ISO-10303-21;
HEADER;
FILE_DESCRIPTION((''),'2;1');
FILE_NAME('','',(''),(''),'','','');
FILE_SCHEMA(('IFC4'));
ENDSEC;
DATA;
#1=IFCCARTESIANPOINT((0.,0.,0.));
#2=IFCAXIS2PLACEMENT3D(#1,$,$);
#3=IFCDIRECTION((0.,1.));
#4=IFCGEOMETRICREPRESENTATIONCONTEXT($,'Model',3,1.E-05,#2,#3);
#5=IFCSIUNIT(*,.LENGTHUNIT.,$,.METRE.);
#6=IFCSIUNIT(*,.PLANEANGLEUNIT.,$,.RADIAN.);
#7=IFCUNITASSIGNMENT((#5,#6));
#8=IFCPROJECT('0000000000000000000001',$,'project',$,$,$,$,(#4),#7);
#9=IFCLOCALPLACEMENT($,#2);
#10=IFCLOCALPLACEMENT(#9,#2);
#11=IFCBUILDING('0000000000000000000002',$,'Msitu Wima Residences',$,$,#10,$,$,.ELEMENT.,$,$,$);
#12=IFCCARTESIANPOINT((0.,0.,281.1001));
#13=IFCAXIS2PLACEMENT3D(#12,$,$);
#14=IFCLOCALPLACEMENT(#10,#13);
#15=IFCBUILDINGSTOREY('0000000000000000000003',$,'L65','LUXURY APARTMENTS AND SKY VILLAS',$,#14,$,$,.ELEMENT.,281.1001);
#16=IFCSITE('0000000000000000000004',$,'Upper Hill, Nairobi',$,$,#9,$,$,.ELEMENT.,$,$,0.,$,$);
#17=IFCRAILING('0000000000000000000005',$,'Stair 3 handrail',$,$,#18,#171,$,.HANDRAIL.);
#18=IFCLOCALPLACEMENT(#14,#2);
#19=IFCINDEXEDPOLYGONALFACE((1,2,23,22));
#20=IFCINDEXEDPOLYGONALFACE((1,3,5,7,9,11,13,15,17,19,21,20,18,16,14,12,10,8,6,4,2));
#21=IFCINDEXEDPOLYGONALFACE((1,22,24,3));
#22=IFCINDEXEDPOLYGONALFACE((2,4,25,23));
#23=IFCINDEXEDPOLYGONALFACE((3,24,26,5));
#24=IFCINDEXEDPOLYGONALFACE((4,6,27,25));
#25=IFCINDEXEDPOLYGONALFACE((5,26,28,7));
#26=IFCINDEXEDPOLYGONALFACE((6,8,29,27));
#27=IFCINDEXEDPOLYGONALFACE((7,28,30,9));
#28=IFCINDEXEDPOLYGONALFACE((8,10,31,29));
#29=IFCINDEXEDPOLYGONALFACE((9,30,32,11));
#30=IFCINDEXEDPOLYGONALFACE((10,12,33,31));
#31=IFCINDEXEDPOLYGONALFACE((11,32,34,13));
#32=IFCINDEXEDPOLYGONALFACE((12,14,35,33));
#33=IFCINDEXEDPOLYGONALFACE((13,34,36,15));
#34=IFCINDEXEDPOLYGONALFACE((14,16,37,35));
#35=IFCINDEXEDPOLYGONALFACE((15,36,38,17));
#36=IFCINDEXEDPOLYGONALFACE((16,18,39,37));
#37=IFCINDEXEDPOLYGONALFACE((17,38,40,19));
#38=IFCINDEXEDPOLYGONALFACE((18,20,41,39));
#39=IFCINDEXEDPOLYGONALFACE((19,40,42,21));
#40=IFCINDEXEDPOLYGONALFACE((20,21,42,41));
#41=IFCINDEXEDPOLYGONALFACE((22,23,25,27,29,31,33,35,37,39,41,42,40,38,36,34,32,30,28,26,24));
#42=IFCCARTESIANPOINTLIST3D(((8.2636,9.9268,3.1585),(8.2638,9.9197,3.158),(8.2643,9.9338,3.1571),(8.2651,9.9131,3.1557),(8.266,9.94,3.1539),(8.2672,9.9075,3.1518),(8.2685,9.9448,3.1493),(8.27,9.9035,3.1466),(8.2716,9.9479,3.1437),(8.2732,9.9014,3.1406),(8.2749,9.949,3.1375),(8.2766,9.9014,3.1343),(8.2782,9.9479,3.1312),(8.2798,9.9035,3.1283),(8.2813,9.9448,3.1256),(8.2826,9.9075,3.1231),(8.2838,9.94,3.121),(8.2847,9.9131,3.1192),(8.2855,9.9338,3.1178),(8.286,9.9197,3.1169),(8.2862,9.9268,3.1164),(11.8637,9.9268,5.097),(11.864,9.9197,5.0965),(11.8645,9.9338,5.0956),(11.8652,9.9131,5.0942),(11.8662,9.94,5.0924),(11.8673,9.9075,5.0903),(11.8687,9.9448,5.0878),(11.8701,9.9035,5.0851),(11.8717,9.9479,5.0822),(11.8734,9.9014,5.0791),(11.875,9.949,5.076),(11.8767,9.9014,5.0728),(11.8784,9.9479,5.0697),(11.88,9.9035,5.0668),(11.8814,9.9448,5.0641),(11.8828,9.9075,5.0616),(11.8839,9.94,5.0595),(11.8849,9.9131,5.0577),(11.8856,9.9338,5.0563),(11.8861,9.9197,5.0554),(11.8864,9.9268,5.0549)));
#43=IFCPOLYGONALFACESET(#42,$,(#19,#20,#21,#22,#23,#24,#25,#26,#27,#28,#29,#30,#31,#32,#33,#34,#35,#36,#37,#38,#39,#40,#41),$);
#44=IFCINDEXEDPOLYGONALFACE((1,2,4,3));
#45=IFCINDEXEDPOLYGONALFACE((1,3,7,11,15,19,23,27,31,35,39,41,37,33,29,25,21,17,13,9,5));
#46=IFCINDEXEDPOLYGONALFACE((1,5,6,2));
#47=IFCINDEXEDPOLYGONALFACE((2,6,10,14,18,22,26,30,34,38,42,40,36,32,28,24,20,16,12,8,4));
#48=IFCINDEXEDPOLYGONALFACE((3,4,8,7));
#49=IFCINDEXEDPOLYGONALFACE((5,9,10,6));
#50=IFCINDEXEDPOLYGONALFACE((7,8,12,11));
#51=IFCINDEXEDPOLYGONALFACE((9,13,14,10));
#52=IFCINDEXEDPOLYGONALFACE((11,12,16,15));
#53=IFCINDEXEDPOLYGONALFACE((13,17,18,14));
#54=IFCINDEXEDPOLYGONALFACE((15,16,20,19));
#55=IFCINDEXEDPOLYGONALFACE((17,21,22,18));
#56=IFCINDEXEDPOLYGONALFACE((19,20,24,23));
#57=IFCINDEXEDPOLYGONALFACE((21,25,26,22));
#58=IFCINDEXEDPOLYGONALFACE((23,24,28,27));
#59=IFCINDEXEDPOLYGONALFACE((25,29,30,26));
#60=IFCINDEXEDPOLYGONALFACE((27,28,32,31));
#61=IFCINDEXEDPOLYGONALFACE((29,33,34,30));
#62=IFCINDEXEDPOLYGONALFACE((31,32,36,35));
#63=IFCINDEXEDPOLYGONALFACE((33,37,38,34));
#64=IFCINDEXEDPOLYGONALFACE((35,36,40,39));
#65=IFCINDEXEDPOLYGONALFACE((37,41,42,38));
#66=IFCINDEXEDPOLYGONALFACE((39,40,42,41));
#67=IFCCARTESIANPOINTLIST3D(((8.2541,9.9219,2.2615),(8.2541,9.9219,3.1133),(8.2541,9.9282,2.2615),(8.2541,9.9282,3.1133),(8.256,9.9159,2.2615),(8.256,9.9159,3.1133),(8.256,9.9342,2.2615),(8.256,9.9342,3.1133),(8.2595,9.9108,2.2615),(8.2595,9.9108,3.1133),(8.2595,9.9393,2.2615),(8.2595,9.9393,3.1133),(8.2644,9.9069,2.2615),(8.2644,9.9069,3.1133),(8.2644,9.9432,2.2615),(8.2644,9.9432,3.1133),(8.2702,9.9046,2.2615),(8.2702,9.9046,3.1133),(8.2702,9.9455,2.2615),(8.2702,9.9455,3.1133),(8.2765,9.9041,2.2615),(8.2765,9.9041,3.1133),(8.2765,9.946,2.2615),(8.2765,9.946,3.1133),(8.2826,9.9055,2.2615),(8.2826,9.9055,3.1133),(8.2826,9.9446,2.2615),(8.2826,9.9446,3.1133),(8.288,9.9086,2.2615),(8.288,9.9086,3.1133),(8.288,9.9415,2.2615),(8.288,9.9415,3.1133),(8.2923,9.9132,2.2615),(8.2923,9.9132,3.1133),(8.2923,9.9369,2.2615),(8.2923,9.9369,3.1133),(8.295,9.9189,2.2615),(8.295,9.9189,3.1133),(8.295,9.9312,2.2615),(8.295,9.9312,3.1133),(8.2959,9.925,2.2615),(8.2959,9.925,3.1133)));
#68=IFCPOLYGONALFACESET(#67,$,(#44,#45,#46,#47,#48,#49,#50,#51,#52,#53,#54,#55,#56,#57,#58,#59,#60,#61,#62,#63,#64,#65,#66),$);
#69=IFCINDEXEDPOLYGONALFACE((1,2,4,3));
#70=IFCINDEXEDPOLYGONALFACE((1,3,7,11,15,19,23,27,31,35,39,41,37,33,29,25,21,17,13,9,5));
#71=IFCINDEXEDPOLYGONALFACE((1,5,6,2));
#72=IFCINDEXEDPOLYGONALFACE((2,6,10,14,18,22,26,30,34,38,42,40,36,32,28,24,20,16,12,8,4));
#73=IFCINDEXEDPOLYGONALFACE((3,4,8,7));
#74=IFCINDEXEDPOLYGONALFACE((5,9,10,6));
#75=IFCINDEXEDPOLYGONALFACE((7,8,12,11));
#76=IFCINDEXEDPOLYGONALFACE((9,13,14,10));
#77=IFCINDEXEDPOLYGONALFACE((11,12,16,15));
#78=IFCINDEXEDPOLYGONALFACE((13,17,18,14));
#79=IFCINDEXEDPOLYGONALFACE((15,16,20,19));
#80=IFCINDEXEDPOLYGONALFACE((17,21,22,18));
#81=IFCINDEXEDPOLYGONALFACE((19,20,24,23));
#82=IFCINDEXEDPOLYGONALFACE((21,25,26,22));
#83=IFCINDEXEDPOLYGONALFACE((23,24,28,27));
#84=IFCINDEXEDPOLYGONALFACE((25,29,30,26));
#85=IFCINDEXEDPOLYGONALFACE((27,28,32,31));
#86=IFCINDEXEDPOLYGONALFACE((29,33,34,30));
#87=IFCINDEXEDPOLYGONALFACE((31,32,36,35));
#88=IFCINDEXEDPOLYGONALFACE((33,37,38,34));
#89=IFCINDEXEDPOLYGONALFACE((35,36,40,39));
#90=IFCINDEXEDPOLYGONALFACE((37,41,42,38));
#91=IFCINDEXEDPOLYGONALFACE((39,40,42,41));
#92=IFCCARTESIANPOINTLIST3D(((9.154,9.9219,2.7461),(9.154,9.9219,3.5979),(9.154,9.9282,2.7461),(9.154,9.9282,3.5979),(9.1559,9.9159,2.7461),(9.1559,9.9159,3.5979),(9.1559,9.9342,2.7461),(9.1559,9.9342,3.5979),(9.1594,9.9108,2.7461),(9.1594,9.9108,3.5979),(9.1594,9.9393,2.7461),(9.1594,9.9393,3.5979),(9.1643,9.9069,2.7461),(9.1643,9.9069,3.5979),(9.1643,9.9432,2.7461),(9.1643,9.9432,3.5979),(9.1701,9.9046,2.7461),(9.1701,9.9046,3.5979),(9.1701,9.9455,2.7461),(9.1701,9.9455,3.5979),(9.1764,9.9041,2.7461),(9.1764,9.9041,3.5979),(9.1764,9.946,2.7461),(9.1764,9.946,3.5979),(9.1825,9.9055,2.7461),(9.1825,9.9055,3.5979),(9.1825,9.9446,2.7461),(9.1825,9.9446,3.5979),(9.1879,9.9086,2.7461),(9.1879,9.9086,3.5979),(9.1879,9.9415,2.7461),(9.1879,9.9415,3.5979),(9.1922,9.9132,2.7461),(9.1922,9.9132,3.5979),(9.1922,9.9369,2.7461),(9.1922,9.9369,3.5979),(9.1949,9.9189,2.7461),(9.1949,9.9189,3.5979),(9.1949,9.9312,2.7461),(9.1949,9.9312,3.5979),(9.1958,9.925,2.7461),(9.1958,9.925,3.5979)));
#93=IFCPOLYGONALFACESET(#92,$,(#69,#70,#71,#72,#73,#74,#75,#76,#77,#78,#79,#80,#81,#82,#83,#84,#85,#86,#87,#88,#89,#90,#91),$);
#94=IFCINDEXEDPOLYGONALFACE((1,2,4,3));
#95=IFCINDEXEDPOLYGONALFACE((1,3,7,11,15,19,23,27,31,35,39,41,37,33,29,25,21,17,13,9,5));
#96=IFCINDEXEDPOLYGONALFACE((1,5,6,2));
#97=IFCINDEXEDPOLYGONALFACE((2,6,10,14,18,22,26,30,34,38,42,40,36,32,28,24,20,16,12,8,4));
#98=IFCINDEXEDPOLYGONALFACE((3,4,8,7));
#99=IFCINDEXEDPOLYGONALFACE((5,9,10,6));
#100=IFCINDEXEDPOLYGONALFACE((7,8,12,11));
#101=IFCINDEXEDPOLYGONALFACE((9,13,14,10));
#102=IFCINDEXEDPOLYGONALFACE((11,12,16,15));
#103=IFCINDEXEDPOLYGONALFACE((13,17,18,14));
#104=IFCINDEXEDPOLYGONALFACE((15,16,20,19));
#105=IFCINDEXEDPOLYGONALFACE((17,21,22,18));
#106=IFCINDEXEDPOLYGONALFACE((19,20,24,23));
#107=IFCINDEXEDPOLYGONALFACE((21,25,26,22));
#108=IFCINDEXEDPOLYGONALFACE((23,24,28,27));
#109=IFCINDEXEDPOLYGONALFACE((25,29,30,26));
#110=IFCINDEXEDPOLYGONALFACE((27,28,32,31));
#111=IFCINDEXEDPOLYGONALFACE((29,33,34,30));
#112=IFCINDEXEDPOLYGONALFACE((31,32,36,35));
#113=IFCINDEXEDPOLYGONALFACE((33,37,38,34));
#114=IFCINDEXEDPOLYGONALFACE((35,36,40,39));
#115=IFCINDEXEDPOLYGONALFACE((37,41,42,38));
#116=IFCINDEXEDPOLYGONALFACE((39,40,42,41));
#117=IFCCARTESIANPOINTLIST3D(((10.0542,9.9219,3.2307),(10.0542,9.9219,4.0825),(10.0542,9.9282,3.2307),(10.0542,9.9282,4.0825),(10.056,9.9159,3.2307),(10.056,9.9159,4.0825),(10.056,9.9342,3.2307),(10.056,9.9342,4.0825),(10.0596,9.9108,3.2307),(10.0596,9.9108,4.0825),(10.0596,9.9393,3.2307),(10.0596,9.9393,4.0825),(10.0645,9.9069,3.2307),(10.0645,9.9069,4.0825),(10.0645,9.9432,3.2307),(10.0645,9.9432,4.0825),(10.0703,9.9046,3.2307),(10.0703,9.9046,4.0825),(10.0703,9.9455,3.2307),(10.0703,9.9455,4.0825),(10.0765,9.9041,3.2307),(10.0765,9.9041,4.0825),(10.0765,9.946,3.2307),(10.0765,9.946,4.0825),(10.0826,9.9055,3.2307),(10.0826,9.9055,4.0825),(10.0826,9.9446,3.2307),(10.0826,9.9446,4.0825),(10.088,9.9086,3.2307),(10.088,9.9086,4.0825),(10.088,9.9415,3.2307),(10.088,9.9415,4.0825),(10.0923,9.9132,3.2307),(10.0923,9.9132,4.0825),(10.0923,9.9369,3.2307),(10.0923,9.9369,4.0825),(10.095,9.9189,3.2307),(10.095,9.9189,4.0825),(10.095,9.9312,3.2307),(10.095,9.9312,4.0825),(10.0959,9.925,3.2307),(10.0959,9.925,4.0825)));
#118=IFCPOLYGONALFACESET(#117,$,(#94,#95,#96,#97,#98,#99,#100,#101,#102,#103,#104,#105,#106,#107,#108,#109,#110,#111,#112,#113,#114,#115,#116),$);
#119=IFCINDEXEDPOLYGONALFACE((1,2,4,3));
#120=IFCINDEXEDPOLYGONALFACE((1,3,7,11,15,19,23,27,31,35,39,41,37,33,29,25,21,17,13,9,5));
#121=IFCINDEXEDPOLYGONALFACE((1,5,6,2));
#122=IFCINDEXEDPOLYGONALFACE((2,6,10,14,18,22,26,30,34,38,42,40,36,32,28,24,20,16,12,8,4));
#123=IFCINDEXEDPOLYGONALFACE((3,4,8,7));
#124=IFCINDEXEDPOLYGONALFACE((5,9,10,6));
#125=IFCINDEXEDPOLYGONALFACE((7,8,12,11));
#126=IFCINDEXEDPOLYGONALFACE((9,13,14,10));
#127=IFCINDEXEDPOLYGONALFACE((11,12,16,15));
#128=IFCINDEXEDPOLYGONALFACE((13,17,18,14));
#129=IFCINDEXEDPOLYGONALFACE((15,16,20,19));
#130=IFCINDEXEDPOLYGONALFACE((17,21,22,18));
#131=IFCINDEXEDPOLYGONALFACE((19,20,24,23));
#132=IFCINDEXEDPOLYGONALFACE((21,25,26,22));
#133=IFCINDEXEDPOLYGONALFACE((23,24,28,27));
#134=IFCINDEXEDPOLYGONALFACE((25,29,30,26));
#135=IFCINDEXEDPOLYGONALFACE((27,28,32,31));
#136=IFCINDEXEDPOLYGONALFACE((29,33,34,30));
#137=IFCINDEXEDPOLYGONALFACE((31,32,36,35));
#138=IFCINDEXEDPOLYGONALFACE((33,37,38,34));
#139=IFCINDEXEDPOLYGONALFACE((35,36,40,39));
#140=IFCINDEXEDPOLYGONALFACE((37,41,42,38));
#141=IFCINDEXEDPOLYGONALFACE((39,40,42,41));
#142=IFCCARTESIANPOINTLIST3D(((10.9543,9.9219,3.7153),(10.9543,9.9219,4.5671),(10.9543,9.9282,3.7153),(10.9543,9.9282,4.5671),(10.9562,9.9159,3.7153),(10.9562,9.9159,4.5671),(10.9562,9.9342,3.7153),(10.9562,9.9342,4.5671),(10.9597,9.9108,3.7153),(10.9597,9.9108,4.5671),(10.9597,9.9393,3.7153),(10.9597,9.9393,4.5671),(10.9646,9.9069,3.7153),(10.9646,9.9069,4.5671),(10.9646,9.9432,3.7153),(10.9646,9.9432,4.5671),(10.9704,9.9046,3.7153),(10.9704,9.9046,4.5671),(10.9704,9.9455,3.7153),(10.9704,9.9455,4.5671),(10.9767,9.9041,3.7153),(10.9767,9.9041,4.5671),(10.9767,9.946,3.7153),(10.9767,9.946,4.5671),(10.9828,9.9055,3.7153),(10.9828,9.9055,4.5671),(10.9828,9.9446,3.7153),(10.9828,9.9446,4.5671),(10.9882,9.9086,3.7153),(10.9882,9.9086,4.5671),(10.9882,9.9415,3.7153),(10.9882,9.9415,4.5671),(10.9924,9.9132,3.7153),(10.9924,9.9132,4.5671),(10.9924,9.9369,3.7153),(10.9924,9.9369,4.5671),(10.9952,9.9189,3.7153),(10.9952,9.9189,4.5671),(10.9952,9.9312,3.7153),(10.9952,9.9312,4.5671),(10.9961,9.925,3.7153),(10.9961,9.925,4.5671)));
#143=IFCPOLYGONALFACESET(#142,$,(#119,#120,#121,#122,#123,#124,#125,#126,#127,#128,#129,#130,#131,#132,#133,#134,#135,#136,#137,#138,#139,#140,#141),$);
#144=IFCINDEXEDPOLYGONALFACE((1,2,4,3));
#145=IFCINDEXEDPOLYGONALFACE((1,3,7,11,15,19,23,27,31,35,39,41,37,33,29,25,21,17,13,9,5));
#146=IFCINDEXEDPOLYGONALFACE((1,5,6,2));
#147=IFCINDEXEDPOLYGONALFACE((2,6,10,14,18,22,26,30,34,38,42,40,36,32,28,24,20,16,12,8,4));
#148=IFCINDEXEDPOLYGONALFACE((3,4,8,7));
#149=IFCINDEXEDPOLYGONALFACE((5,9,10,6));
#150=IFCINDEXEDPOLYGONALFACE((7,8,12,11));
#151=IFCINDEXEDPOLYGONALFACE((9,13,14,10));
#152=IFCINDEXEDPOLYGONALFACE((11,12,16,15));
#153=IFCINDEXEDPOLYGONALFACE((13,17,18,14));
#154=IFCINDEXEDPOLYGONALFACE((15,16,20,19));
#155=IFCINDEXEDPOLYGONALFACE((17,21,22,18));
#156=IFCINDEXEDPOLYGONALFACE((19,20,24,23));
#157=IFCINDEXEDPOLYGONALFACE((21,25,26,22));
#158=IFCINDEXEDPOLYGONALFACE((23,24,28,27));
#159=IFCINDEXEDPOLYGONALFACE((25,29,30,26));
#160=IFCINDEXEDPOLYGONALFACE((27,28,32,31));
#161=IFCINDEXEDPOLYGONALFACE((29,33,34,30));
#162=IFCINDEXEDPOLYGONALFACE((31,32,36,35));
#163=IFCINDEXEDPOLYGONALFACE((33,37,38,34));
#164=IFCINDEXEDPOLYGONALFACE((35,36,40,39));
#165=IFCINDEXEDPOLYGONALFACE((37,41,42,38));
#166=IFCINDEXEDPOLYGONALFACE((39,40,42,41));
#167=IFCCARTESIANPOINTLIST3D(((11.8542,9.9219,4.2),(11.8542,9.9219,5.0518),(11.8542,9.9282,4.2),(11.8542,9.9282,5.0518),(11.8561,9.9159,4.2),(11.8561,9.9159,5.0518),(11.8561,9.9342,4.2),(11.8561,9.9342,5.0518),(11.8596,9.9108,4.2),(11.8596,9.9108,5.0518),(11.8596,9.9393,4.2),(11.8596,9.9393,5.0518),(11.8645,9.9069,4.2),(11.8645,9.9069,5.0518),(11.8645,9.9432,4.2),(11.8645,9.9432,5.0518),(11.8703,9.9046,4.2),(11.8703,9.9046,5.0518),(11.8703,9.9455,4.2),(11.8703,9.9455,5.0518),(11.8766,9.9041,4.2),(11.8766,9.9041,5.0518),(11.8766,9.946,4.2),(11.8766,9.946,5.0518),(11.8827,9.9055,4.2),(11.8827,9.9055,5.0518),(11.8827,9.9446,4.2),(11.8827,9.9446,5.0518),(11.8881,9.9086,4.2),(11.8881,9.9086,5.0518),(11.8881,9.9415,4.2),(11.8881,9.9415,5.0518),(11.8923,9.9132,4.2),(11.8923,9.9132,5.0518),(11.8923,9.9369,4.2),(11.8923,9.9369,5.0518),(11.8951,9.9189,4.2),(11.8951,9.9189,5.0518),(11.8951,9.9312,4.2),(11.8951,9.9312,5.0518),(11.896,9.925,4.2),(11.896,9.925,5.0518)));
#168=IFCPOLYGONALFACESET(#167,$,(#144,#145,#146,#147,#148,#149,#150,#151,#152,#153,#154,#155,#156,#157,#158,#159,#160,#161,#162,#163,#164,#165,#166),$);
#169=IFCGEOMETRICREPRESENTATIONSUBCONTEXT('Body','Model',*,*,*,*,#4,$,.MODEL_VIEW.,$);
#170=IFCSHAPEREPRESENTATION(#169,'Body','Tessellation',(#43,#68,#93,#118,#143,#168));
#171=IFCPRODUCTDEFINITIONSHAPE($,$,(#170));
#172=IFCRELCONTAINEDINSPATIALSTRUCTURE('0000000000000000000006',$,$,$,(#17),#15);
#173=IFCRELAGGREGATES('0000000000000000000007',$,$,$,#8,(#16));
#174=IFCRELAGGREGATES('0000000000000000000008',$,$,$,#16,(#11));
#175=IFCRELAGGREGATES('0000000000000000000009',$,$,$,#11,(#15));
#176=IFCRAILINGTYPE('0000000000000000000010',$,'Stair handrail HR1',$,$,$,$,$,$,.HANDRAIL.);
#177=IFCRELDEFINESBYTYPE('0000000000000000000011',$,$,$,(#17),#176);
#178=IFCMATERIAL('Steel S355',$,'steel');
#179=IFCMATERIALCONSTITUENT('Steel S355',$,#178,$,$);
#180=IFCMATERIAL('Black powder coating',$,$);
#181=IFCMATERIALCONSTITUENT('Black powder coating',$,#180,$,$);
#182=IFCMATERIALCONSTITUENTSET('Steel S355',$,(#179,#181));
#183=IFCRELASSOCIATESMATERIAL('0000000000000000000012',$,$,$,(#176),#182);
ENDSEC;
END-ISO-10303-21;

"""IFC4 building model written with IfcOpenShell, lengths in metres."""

from ifc_helpers import new_model, si_unit, direction, frame, origin, origin_2d, place, context, subcontext, project, spatial, circle, extrude, material, constituent, constituent_set, type_object, element, save


model = new_model("IFC4")

# Units and contexts
model_context = context("Model", 3, precision=1e-05, world=origin(), true_north=direction((0.0, 1.0)))
body_context = subcontext(model_context, "Body", "Model", "MODEL_VIEW")
ifc_project = project(units=[si_unit("LENGTHUNIT", "METRE"), si_unit("PLANEANGLEUNIT", "RADIAN")], contexts=[model_context])

# Site, building, storey
site_placement = place(None, origin())
site = spatial("IfcSite", under=ifc_project, at=site_placement, Name="Upper Hill, Nairobi", CompositionType="ELEMENT", RefElevation=0.0)
building_placement = place(site_placement, origin())
building = spatial("IfcBuilding", under=site, at=building_placement, Name="Msitu Wima Residences", CompositionType="ELEMENT")
storey_placement = place(building_placement, frame((0.0, 0.0, 281.1001)))
storey = spatial("IfcBuildingStorey", under=building, at=storey_placement, Name="L65", Description="LUXURY APARTMENTS AND SKY VILLAS", CompositionType="ELEMENT", Elevation=281.1001)

# Railing
ifc_material_1 = material(Name="Steel S355", Category="steel")
ifc_constituent_1 = constituent(ifc_material_1, Name="Steel S355")
ifc_material_2 = material(Name="Black powder coating")
ifc_constituent_2 = constituent(ifc_material_2, Name="Black powder coating")
ifc_constituent_set = constituent_set(constituents=[ifc_constituent_1, ifc_constituent_2], Name="Steel S355")
railing_type = type_object("IfcRailingType", Name="Stair handrail HR1", PredefinedType="HANDRAIL", material=ifc_constituent_set)
for number, where, name in (
    (1, (8.2749, 9.925, 2.2615), "Stair 3 handrail"),
):
    element("IfcRailing", number, at=place(storey_placement, frame(where)), inside=storey, type_object=railing_type, Name=name, PredefinedType="HANDRAIL", context=body_context, shape_type="SweptSolid", body=[
        extrude(circle(Radius=0.0239, at=origin_2d()), frame((0.0, 0.0, 0.876), z_axis=(0.880475, 0.0, 0.474093), x_axis=(0.0, 1.0, 0.0)), (0.0, 0.0, 1.0), 4.0889),
        extrude(circle(Radius=0.021, at=origin_2d()), origin(), (0.0, 0.0, 1.0), 0.8518),
        extrude(circle(Radius=0.021, at=origin_2d()), frame((0.8999, 0.0, 0.4846)), (0.0, 0.0, 1.0), 0.8518),
        extrude(circle(Radius=0.021, at=origin_2d()), frame((1.8, 0.0, 0.9692)), (0.0, 0.0, 1.0), 0.8518),
        extrude(circle(Radius=0.021, at=origin_2d()), frame((2.7002, 0.0, 1.4539)), (0.0, 0.0, 1.0), 0.8518),
        extrude(circle(Radius=0.021, at=origin_2d()), frame((3.6001, 0.0, 1.9385)), (0.0, 0.0, 1.0), 0.8518),
    ])

save(model, "model.ifc")
